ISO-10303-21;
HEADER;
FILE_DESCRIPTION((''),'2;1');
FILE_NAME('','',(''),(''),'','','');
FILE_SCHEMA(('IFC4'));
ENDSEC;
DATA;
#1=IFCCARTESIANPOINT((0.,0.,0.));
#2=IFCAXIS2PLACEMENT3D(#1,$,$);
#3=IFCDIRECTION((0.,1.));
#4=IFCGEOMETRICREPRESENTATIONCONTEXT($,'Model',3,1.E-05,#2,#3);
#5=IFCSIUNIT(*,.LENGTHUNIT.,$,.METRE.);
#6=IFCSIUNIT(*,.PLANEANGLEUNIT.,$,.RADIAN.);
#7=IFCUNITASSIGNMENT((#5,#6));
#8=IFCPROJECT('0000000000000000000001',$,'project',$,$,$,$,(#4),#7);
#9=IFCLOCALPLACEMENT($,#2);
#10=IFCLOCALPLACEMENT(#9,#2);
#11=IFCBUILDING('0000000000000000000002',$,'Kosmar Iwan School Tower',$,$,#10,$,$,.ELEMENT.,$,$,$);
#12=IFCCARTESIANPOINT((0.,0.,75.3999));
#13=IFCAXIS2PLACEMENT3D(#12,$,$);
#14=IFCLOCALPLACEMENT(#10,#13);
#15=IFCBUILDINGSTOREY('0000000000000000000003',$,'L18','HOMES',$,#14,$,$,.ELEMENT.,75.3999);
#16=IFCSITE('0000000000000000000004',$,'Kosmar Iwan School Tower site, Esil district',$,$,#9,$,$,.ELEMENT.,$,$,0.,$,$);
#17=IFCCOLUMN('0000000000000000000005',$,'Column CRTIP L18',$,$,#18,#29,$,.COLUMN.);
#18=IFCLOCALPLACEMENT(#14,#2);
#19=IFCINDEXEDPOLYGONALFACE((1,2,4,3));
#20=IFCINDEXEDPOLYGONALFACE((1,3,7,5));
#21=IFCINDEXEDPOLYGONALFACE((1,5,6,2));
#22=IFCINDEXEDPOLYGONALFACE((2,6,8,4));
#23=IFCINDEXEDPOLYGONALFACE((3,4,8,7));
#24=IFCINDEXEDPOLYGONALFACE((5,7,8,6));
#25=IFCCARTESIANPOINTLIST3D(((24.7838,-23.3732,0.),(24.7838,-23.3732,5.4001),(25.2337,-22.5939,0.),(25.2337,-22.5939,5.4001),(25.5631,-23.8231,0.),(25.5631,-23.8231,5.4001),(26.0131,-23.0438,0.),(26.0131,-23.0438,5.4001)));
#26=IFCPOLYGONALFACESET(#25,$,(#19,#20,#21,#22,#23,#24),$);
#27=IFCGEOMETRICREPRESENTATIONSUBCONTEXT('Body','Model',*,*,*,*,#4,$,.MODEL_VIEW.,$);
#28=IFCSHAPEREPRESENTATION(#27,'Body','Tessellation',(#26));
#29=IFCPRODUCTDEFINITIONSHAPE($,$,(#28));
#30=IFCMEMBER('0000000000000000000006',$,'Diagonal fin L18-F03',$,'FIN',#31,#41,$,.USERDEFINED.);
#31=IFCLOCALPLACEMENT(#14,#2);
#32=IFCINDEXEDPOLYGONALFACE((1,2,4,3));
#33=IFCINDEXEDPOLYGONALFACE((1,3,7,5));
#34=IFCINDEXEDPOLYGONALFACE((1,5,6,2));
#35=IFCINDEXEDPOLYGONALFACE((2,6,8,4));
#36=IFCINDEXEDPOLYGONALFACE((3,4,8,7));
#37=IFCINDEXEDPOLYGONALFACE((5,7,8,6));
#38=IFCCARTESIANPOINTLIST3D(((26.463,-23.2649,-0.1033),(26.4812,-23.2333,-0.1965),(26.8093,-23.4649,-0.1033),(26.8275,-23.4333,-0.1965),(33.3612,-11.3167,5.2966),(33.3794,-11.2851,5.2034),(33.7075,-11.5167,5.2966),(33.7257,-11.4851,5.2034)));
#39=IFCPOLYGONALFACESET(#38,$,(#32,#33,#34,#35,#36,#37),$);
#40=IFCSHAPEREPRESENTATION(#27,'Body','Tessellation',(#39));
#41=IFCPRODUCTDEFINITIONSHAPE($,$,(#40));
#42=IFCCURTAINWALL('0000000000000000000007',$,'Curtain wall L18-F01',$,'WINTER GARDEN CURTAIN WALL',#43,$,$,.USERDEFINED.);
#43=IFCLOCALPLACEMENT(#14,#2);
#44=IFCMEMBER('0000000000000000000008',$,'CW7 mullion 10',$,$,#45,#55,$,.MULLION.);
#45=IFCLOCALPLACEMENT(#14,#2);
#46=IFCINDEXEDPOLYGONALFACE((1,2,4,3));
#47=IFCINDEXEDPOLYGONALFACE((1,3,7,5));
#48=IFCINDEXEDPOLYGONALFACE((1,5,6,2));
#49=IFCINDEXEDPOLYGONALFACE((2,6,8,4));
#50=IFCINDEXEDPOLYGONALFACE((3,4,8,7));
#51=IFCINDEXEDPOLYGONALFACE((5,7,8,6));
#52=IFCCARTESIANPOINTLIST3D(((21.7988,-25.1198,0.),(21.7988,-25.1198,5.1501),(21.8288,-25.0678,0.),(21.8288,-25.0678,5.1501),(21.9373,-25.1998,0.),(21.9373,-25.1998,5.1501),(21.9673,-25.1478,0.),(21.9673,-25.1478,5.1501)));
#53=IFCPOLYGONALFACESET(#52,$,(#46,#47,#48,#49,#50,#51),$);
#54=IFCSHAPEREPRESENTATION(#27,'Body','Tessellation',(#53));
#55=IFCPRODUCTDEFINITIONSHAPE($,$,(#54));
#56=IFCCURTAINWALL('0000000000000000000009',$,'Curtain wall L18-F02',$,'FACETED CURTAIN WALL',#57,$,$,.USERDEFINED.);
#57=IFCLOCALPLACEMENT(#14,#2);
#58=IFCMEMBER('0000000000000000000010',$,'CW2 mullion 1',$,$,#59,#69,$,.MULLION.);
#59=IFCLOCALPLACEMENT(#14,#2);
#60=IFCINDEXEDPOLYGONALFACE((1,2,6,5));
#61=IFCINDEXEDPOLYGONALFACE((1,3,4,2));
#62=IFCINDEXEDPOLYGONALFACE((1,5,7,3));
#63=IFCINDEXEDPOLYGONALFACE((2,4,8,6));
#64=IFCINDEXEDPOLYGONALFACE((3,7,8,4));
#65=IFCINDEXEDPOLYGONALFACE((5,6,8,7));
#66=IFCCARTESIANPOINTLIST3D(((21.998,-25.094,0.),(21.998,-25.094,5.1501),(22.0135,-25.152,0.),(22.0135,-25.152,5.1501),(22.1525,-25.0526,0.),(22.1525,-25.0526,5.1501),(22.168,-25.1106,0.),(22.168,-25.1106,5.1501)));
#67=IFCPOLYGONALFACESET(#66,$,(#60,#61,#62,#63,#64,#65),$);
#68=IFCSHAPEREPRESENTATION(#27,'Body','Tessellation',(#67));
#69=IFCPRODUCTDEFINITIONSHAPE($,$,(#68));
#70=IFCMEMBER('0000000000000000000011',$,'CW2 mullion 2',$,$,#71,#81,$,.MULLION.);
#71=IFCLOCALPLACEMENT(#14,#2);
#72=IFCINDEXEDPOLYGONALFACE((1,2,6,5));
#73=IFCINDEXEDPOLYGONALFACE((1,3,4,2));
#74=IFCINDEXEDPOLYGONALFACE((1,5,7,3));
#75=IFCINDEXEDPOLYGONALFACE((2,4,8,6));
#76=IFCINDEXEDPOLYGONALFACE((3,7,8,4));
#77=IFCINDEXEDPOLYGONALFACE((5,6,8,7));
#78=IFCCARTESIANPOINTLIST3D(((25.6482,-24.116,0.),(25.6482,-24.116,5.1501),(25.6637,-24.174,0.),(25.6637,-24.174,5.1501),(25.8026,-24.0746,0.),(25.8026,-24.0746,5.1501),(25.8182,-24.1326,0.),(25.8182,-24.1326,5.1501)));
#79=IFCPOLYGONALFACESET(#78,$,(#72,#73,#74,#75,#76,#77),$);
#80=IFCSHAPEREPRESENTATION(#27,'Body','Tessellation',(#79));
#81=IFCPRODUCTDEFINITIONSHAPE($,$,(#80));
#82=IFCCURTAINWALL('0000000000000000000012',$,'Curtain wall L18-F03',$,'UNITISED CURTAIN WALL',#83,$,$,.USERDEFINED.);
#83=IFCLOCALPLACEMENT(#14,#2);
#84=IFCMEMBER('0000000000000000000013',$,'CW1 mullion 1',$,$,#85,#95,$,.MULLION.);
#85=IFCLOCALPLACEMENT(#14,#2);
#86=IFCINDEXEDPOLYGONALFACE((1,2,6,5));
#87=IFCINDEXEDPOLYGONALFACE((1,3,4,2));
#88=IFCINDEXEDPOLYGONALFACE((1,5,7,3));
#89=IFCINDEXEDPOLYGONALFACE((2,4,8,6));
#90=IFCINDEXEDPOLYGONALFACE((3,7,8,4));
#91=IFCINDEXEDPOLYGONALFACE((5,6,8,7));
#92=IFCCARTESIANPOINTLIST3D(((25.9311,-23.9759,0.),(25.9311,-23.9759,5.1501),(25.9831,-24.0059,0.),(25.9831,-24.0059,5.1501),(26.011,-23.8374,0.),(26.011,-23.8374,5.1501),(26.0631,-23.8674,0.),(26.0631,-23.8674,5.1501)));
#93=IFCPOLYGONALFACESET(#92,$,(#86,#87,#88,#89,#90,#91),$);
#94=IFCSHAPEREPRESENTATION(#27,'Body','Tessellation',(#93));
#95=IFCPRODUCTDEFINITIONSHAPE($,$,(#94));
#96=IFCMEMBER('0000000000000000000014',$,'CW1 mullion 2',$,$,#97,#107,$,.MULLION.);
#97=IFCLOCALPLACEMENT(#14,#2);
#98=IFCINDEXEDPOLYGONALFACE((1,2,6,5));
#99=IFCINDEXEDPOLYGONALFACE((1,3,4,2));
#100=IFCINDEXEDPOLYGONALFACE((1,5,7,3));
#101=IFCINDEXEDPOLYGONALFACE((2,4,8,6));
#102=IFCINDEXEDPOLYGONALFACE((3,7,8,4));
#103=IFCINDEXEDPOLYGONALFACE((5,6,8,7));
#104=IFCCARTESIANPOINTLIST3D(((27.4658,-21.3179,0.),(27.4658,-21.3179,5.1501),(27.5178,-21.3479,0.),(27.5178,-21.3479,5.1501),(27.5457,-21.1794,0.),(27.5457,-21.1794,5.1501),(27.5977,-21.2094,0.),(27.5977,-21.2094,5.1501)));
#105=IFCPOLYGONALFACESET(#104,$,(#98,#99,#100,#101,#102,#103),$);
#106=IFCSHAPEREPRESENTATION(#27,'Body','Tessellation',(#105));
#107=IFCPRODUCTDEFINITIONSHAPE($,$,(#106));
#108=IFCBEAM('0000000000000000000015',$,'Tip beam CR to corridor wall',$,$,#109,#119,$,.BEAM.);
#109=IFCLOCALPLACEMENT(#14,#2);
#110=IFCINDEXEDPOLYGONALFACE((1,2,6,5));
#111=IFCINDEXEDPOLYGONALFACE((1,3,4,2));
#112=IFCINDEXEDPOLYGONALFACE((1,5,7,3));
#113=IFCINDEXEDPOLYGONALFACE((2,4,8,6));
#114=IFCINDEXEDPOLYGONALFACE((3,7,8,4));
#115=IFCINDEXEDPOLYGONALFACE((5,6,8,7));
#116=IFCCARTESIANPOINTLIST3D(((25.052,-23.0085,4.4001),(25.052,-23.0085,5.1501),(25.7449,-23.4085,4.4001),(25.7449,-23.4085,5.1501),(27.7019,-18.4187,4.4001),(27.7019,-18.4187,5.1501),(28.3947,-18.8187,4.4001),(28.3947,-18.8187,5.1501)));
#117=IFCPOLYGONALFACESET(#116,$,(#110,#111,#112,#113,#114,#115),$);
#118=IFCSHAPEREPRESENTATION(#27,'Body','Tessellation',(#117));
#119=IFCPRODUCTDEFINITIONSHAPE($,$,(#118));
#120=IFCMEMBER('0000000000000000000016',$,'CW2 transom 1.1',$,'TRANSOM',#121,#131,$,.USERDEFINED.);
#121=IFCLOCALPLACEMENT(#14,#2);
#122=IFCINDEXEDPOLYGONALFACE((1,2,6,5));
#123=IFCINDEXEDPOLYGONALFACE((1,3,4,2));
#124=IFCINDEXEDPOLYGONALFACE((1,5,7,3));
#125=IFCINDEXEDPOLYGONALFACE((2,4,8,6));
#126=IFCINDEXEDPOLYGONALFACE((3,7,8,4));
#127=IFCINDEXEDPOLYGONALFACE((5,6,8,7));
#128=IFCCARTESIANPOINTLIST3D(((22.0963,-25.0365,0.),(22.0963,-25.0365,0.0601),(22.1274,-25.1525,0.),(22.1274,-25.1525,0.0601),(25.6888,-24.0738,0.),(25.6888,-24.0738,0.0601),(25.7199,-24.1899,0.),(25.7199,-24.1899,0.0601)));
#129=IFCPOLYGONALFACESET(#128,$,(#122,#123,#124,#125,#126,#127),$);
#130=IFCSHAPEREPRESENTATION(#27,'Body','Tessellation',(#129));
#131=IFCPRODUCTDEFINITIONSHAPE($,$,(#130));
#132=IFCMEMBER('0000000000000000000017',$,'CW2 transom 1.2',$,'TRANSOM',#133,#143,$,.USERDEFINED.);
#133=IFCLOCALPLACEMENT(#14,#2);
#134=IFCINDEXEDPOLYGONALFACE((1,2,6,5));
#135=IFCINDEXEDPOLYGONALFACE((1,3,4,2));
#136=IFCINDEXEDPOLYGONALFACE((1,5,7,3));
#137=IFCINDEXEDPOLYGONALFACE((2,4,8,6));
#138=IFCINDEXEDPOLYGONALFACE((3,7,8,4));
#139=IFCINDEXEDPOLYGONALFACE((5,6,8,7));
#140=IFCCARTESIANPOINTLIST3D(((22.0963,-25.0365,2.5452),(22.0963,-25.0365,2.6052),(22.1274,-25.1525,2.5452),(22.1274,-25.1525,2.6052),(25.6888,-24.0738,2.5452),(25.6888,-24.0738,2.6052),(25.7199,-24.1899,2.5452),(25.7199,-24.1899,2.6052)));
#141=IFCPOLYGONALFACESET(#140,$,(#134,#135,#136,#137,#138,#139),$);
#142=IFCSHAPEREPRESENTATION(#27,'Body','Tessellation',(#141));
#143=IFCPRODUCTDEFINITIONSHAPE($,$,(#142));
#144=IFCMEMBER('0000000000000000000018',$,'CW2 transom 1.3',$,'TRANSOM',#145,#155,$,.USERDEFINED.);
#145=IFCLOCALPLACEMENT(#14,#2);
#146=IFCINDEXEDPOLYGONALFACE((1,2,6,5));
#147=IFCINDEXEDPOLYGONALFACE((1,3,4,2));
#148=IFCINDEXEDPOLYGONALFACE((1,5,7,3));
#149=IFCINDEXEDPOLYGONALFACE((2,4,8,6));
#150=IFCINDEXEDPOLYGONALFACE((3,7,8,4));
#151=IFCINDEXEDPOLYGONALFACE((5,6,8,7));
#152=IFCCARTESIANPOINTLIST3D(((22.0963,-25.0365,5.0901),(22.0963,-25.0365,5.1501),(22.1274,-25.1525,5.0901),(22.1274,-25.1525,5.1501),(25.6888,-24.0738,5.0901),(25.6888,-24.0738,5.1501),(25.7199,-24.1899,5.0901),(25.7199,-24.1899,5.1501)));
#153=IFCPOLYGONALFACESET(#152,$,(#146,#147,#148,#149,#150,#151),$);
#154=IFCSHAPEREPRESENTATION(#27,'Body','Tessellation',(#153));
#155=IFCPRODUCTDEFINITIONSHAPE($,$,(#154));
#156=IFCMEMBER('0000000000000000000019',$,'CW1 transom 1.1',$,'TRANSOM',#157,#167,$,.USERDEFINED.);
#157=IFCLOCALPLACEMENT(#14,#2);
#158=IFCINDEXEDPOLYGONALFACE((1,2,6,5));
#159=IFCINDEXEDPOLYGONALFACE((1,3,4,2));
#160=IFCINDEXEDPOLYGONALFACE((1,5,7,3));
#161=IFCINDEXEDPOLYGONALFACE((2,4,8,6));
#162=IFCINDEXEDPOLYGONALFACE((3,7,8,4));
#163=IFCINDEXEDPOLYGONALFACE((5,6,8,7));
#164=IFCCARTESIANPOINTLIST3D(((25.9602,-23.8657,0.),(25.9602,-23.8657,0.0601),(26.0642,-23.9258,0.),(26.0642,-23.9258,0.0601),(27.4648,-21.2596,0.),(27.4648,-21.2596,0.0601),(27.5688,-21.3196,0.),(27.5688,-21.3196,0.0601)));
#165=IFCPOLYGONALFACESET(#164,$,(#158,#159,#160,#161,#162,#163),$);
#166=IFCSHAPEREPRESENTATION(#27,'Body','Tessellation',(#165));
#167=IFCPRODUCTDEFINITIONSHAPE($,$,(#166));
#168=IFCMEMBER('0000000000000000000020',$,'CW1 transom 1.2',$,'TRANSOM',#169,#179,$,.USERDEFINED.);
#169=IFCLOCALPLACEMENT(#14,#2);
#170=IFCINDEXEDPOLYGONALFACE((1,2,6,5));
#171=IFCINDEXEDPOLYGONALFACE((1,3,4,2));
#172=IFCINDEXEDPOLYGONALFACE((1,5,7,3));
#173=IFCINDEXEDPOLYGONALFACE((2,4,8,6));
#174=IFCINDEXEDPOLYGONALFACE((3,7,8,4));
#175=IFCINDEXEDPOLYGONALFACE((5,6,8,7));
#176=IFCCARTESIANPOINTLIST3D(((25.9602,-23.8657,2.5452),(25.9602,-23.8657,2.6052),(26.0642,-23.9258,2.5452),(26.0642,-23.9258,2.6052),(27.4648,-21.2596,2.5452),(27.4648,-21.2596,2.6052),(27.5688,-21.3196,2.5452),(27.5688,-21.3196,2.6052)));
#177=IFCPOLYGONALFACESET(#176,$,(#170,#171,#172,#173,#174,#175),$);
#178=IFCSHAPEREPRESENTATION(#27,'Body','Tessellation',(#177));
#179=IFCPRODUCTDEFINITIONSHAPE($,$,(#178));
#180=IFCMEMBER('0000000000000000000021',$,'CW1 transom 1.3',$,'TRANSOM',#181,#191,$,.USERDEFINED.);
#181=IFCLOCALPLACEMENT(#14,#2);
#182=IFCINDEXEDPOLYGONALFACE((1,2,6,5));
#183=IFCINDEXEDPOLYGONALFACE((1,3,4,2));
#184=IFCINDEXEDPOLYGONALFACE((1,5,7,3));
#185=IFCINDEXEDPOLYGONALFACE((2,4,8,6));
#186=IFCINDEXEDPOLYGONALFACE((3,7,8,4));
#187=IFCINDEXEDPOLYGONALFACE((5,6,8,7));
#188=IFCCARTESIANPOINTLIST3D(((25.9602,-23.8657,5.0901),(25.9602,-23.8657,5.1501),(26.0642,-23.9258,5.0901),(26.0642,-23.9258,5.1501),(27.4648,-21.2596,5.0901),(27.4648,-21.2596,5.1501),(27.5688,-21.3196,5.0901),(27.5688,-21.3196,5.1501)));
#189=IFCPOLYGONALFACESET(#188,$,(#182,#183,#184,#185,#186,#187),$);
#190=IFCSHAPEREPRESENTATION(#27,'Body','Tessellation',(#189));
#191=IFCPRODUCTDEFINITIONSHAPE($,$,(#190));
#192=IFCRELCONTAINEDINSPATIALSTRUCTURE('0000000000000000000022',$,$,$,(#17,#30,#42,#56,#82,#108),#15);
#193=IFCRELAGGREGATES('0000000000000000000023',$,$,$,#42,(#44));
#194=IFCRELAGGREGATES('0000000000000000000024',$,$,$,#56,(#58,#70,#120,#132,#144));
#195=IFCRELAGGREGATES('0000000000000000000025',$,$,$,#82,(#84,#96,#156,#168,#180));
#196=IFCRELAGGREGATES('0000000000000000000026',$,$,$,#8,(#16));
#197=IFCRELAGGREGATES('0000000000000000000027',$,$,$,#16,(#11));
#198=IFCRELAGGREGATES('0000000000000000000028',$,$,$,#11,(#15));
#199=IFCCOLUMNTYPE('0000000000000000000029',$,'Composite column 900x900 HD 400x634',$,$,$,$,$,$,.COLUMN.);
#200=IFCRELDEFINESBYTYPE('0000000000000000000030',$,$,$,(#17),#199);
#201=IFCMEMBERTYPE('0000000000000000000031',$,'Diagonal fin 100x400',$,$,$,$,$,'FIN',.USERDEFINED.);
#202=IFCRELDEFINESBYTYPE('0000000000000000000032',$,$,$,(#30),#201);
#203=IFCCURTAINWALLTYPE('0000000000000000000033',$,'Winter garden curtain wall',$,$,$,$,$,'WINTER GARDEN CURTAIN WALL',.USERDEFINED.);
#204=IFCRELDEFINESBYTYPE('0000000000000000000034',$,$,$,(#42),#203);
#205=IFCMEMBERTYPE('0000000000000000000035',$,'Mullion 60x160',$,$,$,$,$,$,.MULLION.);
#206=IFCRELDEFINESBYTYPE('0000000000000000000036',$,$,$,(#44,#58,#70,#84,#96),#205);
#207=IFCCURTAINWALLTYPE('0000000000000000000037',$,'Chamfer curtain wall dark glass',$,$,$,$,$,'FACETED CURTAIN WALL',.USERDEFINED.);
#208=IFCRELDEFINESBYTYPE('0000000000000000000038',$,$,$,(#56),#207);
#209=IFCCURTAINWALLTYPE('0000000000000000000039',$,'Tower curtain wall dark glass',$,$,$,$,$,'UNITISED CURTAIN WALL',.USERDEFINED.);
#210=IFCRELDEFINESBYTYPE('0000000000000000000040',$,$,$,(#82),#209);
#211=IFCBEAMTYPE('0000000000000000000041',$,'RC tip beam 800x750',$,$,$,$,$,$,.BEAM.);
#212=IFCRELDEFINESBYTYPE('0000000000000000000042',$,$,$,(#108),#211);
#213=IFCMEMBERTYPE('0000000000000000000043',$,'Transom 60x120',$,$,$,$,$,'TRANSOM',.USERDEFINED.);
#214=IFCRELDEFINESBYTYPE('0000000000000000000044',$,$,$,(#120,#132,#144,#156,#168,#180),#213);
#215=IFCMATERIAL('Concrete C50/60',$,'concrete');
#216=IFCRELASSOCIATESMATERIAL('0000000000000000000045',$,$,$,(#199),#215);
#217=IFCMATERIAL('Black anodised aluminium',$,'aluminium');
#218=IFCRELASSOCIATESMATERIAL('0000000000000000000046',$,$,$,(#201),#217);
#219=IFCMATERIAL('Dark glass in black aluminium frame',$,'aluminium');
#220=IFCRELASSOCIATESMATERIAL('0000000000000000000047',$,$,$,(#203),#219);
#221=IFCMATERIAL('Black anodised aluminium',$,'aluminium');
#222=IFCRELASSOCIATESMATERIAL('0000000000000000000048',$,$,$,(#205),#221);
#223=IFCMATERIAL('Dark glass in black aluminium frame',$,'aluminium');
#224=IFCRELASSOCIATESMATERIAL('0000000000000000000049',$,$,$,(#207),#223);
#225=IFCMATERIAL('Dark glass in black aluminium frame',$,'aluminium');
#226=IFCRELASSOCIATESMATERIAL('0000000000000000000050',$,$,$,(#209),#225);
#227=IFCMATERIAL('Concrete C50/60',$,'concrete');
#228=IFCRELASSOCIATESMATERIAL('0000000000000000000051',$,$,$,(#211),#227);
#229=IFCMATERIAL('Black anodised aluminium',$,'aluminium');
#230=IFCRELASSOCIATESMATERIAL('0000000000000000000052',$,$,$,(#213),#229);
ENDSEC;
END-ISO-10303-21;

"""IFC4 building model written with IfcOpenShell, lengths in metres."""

from ifc_helpers import new_model, si_unit, direction, frame, origin, origin_2d, place, context, subcontext, project, spatial, rectangle, extrude, material, material_profile, profile_set, type_object, element, aggregate, save


model = new_model("IFC4")

# Units and contexts
model_context = context("Model", 3, precision=1e-05, world=origin(), true_north=direction((0.0, 1.0)))
body_context = subcontext(model_context, "Body", "Model", "MODEL_VIEW")
ifc_project = project(units=[si_unit("LENGTHUNIT", "METRE"), si_unit("PLANEANGLEUNIT", "RADIAN")], contexts=[model_context])

# Site, building, storey
site_placement = place(None, origin())
site = spatial("IfcSite", under=ifc_project, at=site_placement, Name="Kosmar Iwan School Tower site, Esil district", CompositionType="ELEMENT", RefElevation=0.0)
building_placement = place(site_placement, origin())
building = spatial("IfcBuilding", under=site, at=building_placement, Name="Kosmar Iwan School Tower", CompositionType="ELEMENT")
storey_placement = place(building_placement, frame((0.0, 0.0, 75.3999)))
storey = spatial("IfcBuildingStorey", under=building, at=storey_placement, Name="L18", Description="HOMES", CompositionType="ELEMENT", Elevation=75.3999)

# Column
ifc_material_1 = material(Name="Concrete C50/60", Category="concrete")
ifc_material_profile_1 = material_profile(ifc_material_1, rectangle(XDim=0.8999, YDim=0.8999, at=origin_2d()), Name="RC 900x900 + HD 400x634")
ifc_profile_set_1 = profile_set([ifc_material_profile_1], Name="Concrete C50/60")
column_type = type_object("IfcColumnType", Name="Composite column 900x900 HD 400x634", PredefinedType="COLUMN", material=ifc_profile_set_1)
column_placement = place(storey_placement, frame((25.3984, -23.2085, 0.0), z_axis=(0.0, 0.0, 1.0), x_axis=(0.866025, -0.5, 0.0)))
element("IfcColumn", 1, at=column_placement, inside=storey, type_object=column_type, Name="Column CRTIP L18", PredefinedType="COLUMN", context=body_context, shape_type="SweptSolid", body=[
    extrude(rectangle(XDim=0.8999, YDim=0.8999, at=origin_2d()), origin(), (0.0, 0.0, 1.0), 5.4001),
])

# Member
ifc_material_2 = material(Name="Black anodised aluminium", Category="aluminium")
ifc_material_profile_2 = material_profile(ifc_material_2, rectangle(XDim=0.1001, YDim=0.3999, at=origin_2d()), Name="FIN 100x400")
ifc_profile_set_2 = profile_set([ifc_material_profile_2], Name="Black anodised aluminium")
member_type_1 = type_object("IfcMemberType", Name="Diagonal fin 100x400", ElementType="FIN", PredefinedType="USERDEFINED", material=ifc_profile_set_2)
member_1_placement = place(storey_placement, frame((26.6453, -23.3491, -0.1499), z_axis=(0.465601, 0.806459, 0.364472), x_axis=(-0.182233, -0.315643, 0.931214)))
element("IfcMember", 2, at=member_1_placement, inside=storey, type_object=member_type_1, Name="Diagonal fin L18-F03", ObjectType="FIN", PredefinedType="USERDEFINED", context=body_context, shape_type="SweptSolid", body=[
    extrude(rectangle(XDim=0.1001, YDim=0.3999, at=origin_2d()), origin(), (0.0, 0.0, 1.0), 14.8157),
])

# Curtain wall, member
ifc_material_3 = material(Name="Dark glass in black aluminium frame", Category="aluminium")
curtain_wall_type_1 = type_object("IfcCurtainWallType", Name="Winter garden curtain wall", ElementType="WINTER GARDEN CURTAIN WALL", PredefinedType="USERDEFINED", material=ifc_material_3)
curtain_wall_1_placement = place(storey_placement, origin())
curtain_wall_1 = element("IfcCurtainWall", 3, at=curtain_wall_1_placement, inside=storey, type_object=curtain_wall_type_1, Name="Curtain wall L18-F01", ObjectType="WINTER GARDEN CURTAIN WALL", PredefinedType="USERDEFINED")
ifc_material_4 = material(Name="Black anodised aluminium", Category="aluminium")
ifc_material_profile_3 = material_profile(ifc_material_4, rectangle(XDim=0.0601, YDim=0.1599, at=origin_2d()), Name="MULLION 60x160")
ifc_profile_set_3 = profile_set([ifc_material_profile_3], Name="Black anodised aluminium")
member_type_2 = type_object("IfcMemberType", Name="Mullion 60x160", PredefinedType="MULLION", material=ifc_profile_set_3)
member_2_placement = place(storey_placement, frame((21.8831, -25.1338, 0.0), z_axis=(0.0, 0.0, 1.0), x_axis=(0.5, 0.866025, 0.0)))
member_2 = element("IfcMember", 4, at=member_2_placement, type_object=member_type_2, Name="CW7 mullion 10", PredefinedType="MULLION", context=body_context, shape_type="SweptSolid", body=[
    extrude(rectangle(XDim=0.0601, YDim=0.1599, at=origin_2d()), origin(), (0.0, 0.0, 1.0), 5.1501),
])

# Curtain walls, members
ifc_material_5 = material(Name="Dark glass in black aluminium frame", Category="aluminium")
curtain_wall_type_2 = type_object("IfcCurtainWallType", Name="Chamfer curtain wall dark glass", ElementType="FACETED CURTAIN WALL", PredefinedType="USERDEFINED", material=ifc_material_5)
curtain_wall_2_placement = place(storey_placement, origin())
curtain_wall_2 = element("IfcCurtainWall", 5, at=curtain_wall_2_placement, inside=storey, type_object=curtain_wall_type_2, Name="Curtain wall L18-F02", ObjectType="FACETED CURTAIN WALL", PredefinedType="USERDEFINED")
member_3_placement = place(storey_placement, frame((22.083, -25.1023, 0.0), z_axis=(0.0, 0.0, 1.0), x_axis=(-0.258819, 0.965926, 0.0)))
member_3 = element("IfcMember", 6, at=member_3_placement, type_object=member_type_2, Name="CW2 mullion 1", PredefinedType="MULLION", context=body_context, shape_type="SweptSolid", body=[
    extrude(rectangle(XDim=0.0601, YDim=0.1599, at=origin_2d()), origin(), (0.0, 0.0, 1.0), 5.1501),
])
member_4_placement = place(storey_placement, frame((25.7332, -24.1243, 0.0), z_axis=(0.0, 0.0, 1.0), x_axis=(-0.258819, 0.965926, 0.0)))
member_4 = element("IfcMember", 7, at=member_4_placement, type_object=member_type_2, Name="CW2 mullion 2", PredefinedType="MULLION", context=body_context, shape_type="SweptSolid", body=[
    extrude(rectangle(XDim=0.0601, YDim=0.1599, at=origin_2d()), origin(), (0.0, 0.0, 1.0), 5.1501),
])
ifc_material_6 = material(Name="Dark glass in black aluminium frame", Category="aluminium")
curtain_wall_type_3 = type_object("IfcCurtainWallType", Name="Tower curtain wall dark glass", ElementType="UNITISED CURTAIN WALL", PredefinedType="USERDEFINED", material=ifc_material_6)
curtain_wall_3_placement = place(storey_placement, origin())
curtain_wall_3 = element("IfcCurtainWall", 8, at=curtain_wall_3_placement, inside=storey, type_object=curtain_wall_type_3, Name="Curtain wall L18-F03", ObjectType="UNITISED CURTAIN WALL", PredefinedType="USERDEFINED")
member_5_placement = place(storey_placement, frame((25.9971, -23.9216, 0.0), z_axis=(0.0, 0.0, 1.0), x_axis=(-0.866025, 0.5, 0.0)))
member_5 = element("IfcMember", 9, at=member_5_placement, type_object=member_type_2, Name="CW1 mullion 1", PredefinedType="MULLION", context=body_context, shape_type="SweptSolid", body=[
    extrude(rectangle(XDim=0.0601, YDim=0.1599, at=origin_2d()), origin(), (0.0, 0.0, 1.0), 5.1501),
])
member_6_placement = place(storey_placement, frame((27.5317, -21.2637, 0.0), z_axis=(0.0, 0.0, 1.0), x_axis=(-0.866025, 0.5, 0.0)))
member_6 = element("IfcMember", 10, at=member_6_placement, type_object=member_type_2, Name="CW1 mullion 2", PredefinedType="MULLION", context=body_context, shape_type="SweptSolid", body=[
    extrude(rectangle(XDim=0.0601, YDim=0.1599, at=origin_2d()), origin(), (0.0, 0.0, 1.0), 5.1501),
])

# Beam
ifc_material_7 = material(Name="Concrete C50/60", Category="concrete")
ifc_material_profile_4 = material_profile(ifc_material_7, rectangle(XDim=0.8, YDim=0.75, at=origin_2d()), Name="RC 800x750")
ifc_profile_set_4 = profile_set([ifc_material_profile_4], Name="Concrete C50/60")
beam_type = type_object("IfcBeamType", Name="RC tip beam 800x750", PredefinedType="BEAM", material=ifc_profile_set_4)
beam_placement = place(storey_placement, frame((25.3984, -23.2085, 4.7751), z_axis=(0.499994, 0.866029, 0.0), x_axis=(-0.866029, 0.499994, 0.0)))
element("IfcBeam", 11, at=beam_placement, inside=storey, type_object=beam_type, Name="Tip beam CR to corridor wall", PredefinedType="BEAM", context=body_context, shape_type="SweptSolid", body=[
    extrude(rectangle(XDim=0.8, YDim=0.75, at=origin_2d()), origin(), (0.0, 0.0, 1.0), 5.2998),
])

# Members
ifc_material_8 = material(Name="Black anodised aluminium", Category="aluminium")
ifc_material_profile_5 = material_profile(ifc_material_8, rectangle(XDim=0.1201, YDim=0.0601, at=origin_2d()), Name="TRANSOM 60x120")
ifc_profile_set_5 = profile_set([ifc_material_profile_5], Name="Black anodised aluminium")
member_type_3 = type_object("IfcMemberType", Name="Transom 60x120", ElementType="TRANSOM", PredefinedType="USERDEFINED", material=ifc_profile_set_5)
member_7_placement = place(storey_placement, frame((22.1118, -25.0945, 0.03), z_axis=(0.965924, 0.258827, 0.0), x_axis=(-0.258827, 0.965924, 0.0)))
member_7 = element("IfcMember", 12, at=member_7_placement, type_object=member_type_3, Name="CW2 transom 1.1", ObjectType="TRANSOM", PredefinedType="USERDEFINED", context=body_context, shape_type="SweptSolid", body=[
    extrude(rectangle(XDim=0.1201, YDim=0.0601, at=origin_2d()), origin(), (0.0, 0.0, 1.0), 3.7192),
])
member_8_placement = place(storey_placement, frame((22.1118, -25.0945, 2.5752), z_axis=(0.965924, 0.258827, 0.0), x_axis=(-0.258827, 0.965924, 0.0)))
member_8 = element("IfcMember", 13, at=member_8_placement, type_object=member_type_3, Name="CW2 transom 1.2", ObjectType="TRANSOM", PredefinedType="USERDEFINED", context=body_context, shape_type="SweptSolid", body=[
    extrude(rectangle(XDim=0.1201, YDim=0.0601, at=origin_2d()), origin(), (0.0, 0.0, 1.0), 3.7192),
])
member_9_placement = place(storey_placement, frame((22.1118, -25.0945, 5.1201), z_axis=(0.965924, 0.258827, 0.0), x_axis=(-0.258827, 0.965924, 0.0)))
member_9 = element("IfcMember", 14, at=member_9_placement, type_object=member_type_3, Name="CW2 transom 1.3", ObjectType="TRANSOM", PredefinedType="USERDEFINED", context=body_context, shape_type="SweptSolid", body=[
    extrude(rectangle(XDim=0.1201, YDim=0.0601, at=origin_2d()), origin(), (0.0, 0.0, 1.0), 3.7192),
])
member_10_placement = place(storey_placement, frame((26.0122, -23.8958, 0.03), z_axis=(0.499987, 0.866033, 0.0), x_axis=(-0.866033, 0.499987, 0.0)))
member_10 = element("IfcMember", 15, at=member_10_placement, type_object=member_type_3, Name="CW1 transom 1.1", ObjectType="TRANSOM", PredefinedType="USERDEFINED", context=body_context, shape_type="SweptSolid", body=[
    extrude(rectangle(XDim=0.1201, YDim=0.0601, at=origin_2d()), origin(), (0.0, 0.0, 1.0), 3.0093),
])
member_11_placement = place(storey_placement, frame((26.0122, -23.8958, 2.5752), z_axis=(0.499987, 0.866033, 0.0), x_axis=(-0.866033, 0.499987, 0.0)))
member_11 = element("IfcMember", 16, at=member_11_placement, type_object=member_type_3, Name="CW1 transom 1.2", ObjectType="TRANSOM", PredefinedType="USERDEFINED", context=body_context, shape_type="SweptSolid", body=[
    extrude(rectangle(XDim=0.1201, YDim=0.0601, at=origin_2d()), origin(), (0.0, 0.0, 1.0), 3.0093),
])
member_12_placement = place(storey_placement, frame((26.0122, -23.8958, 5.1201), z_axis=(0.499987, 0.866033, 0.0), x_axis=(-0.866033, 0.499987, 0.0)))
member_12 = element("IfcMember", 17, at=member_12_placement, type_object=member_type_3, Name="CW1 transom 1.3", ObjectType="TRANSOM", PredefinedType="USERDEFINED", context=body_context, shape_type="SweptSolid", body=[
    extrude(rectangle(XDim=0.1201, YDim=0.0601, at=origin_2d()), origin(), (0.0, 0.0, 1.0), 3.0093),
])

aggregate(curtain_wall_1, [member_2])
aggregate(curtain_wall_2, [member_3, member_4, member_7, member_8, member_9])
aggregate(curtain_wall_3, [member_5, member_6, member_10, member_11, member_12])

save(model, "model.ifc")
